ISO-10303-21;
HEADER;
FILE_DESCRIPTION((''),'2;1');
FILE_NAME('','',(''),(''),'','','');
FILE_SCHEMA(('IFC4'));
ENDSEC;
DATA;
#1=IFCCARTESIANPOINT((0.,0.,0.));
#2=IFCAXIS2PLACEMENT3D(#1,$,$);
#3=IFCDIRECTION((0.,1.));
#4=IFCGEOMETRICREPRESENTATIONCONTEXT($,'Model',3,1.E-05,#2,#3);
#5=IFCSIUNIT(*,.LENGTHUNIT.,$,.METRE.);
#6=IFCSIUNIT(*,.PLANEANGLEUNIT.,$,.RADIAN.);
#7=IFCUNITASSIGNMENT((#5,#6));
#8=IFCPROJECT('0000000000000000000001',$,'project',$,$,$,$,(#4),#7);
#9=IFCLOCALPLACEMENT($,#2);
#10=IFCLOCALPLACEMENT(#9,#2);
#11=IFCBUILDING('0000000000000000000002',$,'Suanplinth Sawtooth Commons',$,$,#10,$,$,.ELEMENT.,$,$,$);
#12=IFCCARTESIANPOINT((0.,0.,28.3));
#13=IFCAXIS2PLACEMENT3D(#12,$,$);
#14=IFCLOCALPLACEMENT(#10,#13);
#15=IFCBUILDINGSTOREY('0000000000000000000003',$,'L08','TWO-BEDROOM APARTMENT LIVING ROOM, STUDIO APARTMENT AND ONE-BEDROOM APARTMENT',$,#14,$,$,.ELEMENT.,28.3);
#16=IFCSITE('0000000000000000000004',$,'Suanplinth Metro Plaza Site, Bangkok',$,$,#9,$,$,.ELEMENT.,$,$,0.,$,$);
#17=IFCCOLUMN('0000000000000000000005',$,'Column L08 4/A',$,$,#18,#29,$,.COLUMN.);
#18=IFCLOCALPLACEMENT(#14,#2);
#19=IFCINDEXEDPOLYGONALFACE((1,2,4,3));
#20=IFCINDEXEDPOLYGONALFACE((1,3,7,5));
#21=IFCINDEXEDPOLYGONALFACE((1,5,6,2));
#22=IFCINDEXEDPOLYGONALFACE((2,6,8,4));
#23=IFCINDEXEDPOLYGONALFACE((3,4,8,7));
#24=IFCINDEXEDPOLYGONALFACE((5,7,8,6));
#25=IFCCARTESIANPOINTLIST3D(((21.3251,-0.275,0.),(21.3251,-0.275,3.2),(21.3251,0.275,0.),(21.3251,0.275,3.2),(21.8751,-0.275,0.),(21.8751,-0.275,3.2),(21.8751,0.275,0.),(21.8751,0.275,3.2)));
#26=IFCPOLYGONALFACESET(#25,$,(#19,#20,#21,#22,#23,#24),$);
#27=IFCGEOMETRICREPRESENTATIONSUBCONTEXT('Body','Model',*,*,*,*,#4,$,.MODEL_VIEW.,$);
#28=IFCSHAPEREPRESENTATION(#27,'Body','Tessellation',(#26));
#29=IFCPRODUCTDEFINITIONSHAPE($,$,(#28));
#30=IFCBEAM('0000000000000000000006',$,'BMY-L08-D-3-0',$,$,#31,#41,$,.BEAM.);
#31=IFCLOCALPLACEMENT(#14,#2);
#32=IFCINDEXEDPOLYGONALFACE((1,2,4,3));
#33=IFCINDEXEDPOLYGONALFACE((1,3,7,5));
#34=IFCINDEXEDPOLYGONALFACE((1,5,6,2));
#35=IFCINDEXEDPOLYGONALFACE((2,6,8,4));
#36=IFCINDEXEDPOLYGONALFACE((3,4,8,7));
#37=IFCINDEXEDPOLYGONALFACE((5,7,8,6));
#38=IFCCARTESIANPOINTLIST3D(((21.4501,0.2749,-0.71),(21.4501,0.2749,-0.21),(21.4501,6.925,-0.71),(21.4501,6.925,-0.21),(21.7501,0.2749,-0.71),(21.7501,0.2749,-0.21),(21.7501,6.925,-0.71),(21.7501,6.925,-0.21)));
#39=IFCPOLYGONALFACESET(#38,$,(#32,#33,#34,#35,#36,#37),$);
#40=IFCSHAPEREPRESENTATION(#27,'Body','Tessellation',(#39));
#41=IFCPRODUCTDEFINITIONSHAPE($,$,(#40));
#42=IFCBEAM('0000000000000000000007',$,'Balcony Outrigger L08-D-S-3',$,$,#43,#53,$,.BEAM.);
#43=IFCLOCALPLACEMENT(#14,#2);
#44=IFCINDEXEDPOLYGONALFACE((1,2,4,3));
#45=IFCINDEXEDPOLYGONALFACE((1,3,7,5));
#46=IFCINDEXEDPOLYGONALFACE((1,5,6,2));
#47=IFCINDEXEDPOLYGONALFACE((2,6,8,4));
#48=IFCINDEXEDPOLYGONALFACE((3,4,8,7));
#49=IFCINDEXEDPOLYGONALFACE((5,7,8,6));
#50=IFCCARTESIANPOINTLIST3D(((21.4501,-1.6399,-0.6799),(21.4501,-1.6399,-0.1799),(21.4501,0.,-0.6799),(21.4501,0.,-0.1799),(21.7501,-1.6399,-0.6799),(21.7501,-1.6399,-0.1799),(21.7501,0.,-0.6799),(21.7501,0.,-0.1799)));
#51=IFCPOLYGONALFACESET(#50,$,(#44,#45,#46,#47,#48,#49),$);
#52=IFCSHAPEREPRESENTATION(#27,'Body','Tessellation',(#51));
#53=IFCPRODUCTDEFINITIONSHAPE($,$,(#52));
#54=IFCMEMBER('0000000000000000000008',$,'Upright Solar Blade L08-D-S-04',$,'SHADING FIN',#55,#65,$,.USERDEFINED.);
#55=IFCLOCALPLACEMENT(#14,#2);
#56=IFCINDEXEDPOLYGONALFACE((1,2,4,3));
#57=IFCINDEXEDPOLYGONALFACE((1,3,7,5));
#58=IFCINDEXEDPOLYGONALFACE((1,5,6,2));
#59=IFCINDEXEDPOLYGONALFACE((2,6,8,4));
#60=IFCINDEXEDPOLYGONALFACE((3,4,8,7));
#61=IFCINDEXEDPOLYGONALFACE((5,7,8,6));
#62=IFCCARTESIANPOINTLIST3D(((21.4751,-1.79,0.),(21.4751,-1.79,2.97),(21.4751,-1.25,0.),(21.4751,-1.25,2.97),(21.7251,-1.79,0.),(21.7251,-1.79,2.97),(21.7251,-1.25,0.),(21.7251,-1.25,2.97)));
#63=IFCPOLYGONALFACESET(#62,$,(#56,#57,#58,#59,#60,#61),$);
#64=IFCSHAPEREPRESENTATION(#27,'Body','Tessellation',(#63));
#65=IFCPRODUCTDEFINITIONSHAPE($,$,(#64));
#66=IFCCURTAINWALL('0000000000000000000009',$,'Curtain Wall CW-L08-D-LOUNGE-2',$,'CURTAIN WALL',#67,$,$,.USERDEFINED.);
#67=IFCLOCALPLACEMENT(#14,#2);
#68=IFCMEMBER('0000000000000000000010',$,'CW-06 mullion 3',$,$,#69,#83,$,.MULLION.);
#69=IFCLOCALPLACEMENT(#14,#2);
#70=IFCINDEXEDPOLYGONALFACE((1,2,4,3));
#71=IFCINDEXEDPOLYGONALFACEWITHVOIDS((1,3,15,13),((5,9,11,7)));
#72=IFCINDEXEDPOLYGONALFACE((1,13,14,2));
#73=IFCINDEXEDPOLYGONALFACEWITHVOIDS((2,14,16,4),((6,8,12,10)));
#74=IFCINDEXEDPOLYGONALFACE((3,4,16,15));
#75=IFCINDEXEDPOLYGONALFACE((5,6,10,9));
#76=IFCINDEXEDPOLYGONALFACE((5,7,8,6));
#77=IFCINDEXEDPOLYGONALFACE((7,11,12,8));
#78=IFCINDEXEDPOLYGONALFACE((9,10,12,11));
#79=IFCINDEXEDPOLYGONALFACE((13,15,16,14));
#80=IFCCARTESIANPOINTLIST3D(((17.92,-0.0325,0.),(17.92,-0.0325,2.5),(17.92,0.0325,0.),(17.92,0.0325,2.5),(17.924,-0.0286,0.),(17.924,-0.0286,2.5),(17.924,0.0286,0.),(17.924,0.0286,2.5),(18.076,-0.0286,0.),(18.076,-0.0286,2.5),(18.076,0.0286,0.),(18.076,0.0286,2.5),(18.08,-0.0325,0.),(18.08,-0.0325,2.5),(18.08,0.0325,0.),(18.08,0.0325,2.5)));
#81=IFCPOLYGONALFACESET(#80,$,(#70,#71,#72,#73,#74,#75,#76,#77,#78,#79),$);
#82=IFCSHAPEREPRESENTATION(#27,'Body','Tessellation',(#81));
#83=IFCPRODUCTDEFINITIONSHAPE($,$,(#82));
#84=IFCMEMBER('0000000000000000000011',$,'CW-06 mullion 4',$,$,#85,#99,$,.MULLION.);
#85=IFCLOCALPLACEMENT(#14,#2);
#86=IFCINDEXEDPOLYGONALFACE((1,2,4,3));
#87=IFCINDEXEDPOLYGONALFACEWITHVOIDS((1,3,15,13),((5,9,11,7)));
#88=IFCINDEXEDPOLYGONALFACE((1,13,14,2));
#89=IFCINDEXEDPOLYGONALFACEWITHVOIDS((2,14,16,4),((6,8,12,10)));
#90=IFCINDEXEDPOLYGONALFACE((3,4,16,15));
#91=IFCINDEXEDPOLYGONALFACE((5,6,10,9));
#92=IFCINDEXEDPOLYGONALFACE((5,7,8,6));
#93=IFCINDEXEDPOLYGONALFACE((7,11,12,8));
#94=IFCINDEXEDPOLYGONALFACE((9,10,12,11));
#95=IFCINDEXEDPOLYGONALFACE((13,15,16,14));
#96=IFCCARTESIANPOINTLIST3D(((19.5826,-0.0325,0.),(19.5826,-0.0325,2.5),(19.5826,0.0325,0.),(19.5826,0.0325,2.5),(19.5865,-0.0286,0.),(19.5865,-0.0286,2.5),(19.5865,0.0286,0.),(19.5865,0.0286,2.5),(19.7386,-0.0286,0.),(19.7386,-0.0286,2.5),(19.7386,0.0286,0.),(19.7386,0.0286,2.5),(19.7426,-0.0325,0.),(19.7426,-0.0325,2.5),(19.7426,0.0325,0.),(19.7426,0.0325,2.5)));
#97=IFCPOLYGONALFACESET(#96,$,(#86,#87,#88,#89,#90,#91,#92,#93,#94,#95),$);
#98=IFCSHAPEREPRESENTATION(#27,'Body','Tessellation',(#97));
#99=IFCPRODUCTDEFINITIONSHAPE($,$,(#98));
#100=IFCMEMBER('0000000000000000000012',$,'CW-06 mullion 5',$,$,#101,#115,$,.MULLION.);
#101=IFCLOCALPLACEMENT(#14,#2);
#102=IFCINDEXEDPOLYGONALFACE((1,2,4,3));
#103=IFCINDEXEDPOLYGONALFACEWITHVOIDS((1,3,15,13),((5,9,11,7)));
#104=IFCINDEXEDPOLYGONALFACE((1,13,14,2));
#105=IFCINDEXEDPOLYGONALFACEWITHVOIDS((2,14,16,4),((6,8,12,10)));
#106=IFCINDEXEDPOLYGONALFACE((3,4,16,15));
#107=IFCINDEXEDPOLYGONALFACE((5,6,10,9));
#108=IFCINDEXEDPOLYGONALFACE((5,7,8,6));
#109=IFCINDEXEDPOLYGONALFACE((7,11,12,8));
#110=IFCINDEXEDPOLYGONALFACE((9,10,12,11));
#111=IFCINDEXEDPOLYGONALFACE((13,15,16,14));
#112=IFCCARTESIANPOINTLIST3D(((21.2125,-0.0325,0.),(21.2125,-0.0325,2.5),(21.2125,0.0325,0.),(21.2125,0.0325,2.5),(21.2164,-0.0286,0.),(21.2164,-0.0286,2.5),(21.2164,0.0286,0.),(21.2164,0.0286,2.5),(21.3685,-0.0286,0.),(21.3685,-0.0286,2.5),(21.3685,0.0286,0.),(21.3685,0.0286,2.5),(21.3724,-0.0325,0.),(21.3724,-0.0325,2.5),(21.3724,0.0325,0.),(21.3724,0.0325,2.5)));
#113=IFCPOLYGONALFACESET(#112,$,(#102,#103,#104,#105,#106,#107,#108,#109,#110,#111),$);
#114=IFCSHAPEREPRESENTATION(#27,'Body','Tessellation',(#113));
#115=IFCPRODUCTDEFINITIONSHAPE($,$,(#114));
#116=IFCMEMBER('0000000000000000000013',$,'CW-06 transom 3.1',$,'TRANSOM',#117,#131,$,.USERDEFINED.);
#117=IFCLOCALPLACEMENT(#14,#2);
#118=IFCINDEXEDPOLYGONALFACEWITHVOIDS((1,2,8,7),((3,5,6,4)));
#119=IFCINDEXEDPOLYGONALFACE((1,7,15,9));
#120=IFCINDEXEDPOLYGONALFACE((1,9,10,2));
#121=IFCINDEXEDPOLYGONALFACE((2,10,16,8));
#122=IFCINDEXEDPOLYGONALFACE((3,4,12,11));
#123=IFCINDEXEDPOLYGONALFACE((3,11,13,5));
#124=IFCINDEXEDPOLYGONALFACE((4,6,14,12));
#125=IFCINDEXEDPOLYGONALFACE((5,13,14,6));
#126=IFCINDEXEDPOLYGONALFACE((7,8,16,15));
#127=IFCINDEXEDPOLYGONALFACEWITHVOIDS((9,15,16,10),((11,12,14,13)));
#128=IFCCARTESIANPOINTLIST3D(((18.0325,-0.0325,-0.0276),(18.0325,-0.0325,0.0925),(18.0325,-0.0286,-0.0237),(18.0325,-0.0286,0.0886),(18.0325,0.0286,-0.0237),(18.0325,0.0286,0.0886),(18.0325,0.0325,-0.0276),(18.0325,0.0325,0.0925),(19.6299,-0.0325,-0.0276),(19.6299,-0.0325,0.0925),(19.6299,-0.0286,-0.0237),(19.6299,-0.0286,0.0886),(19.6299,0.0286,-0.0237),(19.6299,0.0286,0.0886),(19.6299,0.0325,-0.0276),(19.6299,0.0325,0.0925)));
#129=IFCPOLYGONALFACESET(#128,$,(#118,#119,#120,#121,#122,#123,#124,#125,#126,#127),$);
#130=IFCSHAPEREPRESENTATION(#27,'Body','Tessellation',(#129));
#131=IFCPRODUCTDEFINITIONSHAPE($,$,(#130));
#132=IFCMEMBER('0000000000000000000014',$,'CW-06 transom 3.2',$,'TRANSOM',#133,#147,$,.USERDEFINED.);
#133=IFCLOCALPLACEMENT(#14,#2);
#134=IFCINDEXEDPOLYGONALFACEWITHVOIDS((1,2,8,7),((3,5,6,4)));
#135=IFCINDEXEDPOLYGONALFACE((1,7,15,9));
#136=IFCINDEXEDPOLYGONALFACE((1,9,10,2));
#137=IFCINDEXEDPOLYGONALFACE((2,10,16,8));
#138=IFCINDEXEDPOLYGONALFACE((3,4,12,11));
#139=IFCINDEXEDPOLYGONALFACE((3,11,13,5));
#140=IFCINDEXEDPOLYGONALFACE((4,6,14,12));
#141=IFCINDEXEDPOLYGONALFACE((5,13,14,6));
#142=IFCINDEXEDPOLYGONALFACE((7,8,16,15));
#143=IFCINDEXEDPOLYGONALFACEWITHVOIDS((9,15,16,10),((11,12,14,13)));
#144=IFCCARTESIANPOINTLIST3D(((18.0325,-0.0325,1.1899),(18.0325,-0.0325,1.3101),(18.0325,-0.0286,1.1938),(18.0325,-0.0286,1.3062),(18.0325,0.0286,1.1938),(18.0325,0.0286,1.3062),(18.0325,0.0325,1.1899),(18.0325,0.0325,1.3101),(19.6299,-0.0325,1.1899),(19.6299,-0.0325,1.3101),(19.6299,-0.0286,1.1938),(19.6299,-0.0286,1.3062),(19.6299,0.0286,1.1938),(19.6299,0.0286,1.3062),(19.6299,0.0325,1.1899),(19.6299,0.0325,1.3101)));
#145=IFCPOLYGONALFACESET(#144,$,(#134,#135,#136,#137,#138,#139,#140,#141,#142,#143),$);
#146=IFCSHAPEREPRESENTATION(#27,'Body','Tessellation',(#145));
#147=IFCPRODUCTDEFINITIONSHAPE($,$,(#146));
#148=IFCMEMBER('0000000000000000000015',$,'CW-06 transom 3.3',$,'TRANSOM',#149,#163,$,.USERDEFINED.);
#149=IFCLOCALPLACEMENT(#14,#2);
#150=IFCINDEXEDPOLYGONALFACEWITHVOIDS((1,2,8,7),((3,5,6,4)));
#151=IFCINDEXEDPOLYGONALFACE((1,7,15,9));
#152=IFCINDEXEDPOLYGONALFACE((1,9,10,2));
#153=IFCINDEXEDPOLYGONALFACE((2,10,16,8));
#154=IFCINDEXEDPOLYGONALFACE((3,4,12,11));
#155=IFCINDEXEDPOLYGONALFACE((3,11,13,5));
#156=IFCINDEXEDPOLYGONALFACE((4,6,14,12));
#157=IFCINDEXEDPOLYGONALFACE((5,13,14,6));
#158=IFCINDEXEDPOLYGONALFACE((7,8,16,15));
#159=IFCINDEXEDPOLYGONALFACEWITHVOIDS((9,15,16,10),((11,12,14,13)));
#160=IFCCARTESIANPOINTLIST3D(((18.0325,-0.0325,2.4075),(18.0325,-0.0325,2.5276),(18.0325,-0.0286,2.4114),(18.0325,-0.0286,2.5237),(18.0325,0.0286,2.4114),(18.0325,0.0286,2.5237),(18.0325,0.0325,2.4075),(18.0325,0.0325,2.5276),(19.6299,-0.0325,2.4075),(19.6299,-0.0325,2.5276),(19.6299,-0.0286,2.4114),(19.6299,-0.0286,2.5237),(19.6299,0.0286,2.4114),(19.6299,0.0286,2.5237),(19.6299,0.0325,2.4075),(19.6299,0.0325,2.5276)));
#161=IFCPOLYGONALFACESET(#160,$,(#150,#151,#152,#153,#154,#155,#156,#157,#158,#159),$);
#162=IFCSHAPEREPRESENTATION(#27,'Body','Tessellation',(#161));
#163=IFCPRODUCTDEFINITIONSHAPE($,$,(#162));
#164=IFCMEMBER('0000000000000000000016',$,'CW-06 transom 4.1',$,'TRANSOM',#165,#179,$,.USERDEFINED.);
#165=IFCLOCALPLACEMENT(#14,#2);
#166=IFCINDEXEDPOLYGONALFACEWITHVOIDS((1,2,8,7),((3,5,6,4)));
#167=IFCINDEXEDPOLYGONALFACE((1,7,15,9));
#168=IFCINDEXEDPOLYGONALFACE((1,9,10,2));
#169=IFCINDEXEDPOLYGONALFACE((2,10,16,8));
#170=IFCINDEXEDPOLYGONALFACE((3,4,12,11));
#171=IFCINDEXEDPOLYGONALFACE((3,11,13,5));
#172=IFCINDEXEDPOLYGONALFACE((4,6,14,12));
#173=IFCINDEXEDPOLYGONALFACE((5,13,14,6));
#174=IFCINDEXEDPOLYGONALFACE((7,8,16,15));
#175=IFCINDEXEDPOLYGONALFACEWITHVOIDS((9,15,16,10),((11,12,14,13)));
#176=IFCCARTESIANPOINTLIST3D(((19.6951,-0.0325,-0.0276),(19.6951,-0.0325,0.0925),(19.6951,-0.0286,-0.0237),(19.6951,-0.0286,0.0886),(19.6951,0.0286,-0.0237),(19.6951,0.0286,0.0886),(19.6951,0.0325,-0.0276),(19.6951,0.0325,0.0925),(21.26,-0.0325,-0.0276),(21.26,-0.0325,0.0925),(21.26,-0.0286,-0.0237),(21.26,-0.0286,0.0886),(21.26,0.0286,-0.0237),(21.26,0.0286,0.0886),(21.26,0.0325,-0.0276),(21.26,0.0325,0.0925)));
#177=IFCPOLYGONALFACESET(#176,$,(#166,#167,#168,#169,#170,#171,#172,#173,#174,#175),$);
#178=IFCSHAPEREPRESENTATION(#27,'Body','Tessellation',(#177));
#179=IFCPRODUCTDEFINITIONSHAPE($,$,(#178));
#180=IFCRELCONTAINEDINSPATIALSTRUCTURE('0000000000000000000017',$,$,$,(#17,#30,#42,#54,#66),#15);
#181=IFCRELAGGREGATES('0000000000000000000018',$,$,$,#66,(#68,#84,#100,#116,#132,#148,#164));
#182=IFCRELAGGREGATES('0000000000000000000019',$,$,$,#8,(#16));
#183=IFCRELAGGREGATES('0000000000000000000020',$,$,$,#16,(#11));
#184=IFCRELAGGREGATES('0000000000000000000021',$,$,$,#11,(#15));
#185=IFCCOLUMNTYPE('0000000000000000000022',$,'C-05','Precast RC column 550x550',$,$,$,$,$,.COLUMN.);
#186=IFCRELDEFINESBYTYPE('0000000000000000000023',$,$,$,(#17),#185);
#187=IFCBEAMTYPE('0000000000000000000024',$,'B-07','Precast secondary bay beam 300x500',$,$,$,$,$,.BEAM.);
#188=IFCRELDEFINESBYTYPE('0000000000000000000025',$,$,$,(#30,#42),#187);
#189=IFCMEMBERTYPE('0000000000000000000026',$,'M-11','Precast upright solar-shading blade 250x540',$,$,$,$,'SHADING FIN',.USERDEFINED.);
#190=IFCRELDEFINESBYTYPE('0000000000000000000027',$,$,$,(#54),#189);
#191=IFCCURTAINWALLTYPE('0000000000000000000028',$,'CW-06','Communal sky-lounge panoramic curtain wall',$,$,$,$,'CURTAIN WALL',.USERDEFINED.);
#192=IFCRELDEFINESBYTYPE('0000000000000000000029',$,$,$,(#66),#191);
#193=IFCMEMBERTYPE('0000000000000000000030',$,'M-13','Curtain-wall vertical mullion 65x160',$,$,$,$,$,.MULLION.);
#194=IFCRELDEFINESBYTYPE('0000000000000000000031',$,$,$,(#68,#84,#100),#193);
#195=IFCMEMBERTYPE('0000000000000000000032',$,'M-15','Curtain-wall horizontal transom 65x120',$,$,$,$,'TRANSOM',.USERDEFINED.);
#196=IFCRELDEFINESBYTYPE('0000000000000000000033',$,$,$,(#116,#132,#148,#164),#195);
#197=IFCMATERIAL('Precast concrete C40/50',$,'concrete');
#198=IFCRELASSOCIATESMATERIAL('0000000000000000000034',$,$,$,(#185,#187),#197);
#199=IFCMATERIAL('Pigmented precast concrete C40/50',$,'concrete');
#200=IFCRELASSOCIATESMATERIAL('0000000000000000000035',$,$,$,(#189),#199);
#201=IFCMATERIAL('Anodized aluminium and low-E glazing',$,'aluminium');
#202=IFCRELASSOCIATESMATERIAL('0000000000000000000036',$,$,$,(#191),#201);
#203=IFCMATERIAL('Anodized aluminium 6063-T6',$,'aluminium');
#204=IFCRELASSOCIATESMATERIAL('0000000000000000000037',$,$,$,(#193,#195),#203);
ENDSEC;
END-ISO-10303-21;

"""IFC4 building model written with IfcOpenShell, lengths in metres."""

from ifc_helpers import new_model, si_unit, direction, frame, origin, origin_2d, place, context, subcontext, project, spatial, rectangle, hollow_rectangle, extrude, material, material_profile, profile_set, type_object, element, aggregate, save


model = new_model("IFC4")

# Units and contexts
model_context = context("Model", 3, precision=1e-05, world=origin(), true_north=direction((0.0, 1.0)))
body_context = subcontext(model_context, "Body", "Model", "MODEL_VIEW")
ifc_project = project(units=[si_unit("LENGTHUNIT", "METRE"), si_unit("PLANEANGLEUNIT", "RADIAN")], contexts=[model_context])

# Site, building, storey
site_placement = place(None, origin())
site = spatial("IfcSite", under=ifc_project, at=site_placement, Name="Suanplinth Metro Plaza Site, Bangkok", CompositionType="ELEMENT", RefElevation=0.0)
building_placement = place(site_placement, origin())
building = spatial("IfcBuilding", under=site, at=building_placement, Name="Suanplinth Sawtooth Commons", CompositionType="ELEMENT")
storey_placement = place(building_placement, frame((0.0, 0.0, 28.3)))
storey = spatial("IfcBuildingStorey", under=building, at=storey_placement, Name="L08", Description="TWO-BEDROOM APARTMENT LIVING ROOM, STUDIO APARTMENT AND ONE-BEDROOM APARTMENT", CompositionType="ELEMENT", Elevation=28.3)

# Column
ifc_material_1 = material(Name="Precast concrete C40/50", Category="concrete")
ifc_material_profile_1 = material_profile(ifc_material_1, rectangle(XDim=0.55, YDim=0.55, at=origin_2d()), Name="PC-COL 550x550")
ifc_profile_set_1 = profile_set([ifc_material_profile_1], Name="Precast concrete C40/50")
column_type = type_object("IfcColumnType", Name="C-05", Description="Precast RC column 550x550", PredefinedType="COLUMN", material=ifc_profile_set_1)
column_placement = place(storey_placement, frame((21.6001, 0.0, 0.0), z_axis=(0.0, 0.0, 1.0), x_axis=(1.0, 0.0, 0.0)))
element("IfcColumn", 1, at=column_placement, inside=storey, type_object=column_type, Name="Column L08 4/A", PredefinedType="COLUMN", context=body_context, shape_type="SweptSolid", body=[
    extrude(rectangle(XDim=0.55, YDim=0.55, at=origin_2d()), origin(), (0.0, 0.0, 1.0), 3.2),
])

# Beams
ifc_material_profile_2 = material_profile(ifc_material_1, rectangle(XDim=0.3, YDim=0.5, at=origin_2d()), Name="PC-BM 300x500")
ifc_profile_set_2 = profile_set([ifc_material_profile_2], Name="Precast concrete C40/50")
beam_type = type_object("IfcBeamType", Name="B-07", Description="Precast secondary bay beam 300x500", PredefinedType="BEAM", material=ifc_profile_set_2)
beam_1_placement = place(storey_placement, frame((21.6001, 0.2749, -0.46), z_axis=(0.0, 1.0, 0.0), x_axis=(-1.0, 0.0, 0.0)))
element("IfcBeam", 2, at=beam_1_placement, inside=storey, type_object=beam_type, Name="BMY-L08-D-3-0", PredefinedType="BEAM", context=body_context, shape_type="SweptSolid", body=[
    extrude(rectangle(XDim=0.3, YDim=0.5, at=origin_2d()), origin(), (0.0, 0.0, 1.0), 6.6501),
])
beam_2_placement = place(storey_placement, frame((21.6001, 0.0, -0.4299), z_axis=(0.0, -1.0, 0.0), x_axis=(1.0, 0.0, 0.0)))
element("IfcBeam", 3, at=beam_2_placement, inside=storey, type_object=beam_type, Name="Balcony Outrigger L08-D-S-3", PredefinedType="BEAM", context=body_context, shape_type="SweptSolid", body=[
    extrude(rectangle(XDim=0.3, YDim=0.5, at=origin_2d()), origin(), (0.0, 0.0, 1.0), 1.6399),
])

# Member
ifc_material_2 = material(Name="Pigmented precast concrete C40/50", Category="concrete")
ifc_material_profile_3 = material_profile(ifc_material_2, rectangle(XDim=0.25, YDim=0.54, at=origin_2d()), Name="PC-FIN 250x540")
ifc_profile_set_3 = profile_set([ifc_material_profile_3], Name="Pigmented precast concrete C40/50")
member_type_1 = type_object("IfcMemberType", Name="M-11", Description="Precast upright solar-shading blade 250x540", ElementType="SHADING FIN", PredefinedType="USERDEFINED", material=ifc_profile_set_3)
member_1_placement = place(storey_placement, frame((21.6001, -1.52, 0.0), z_axis=(0.0, 0.0, 1.0), x_axis=(1.0, 0.0, 0.0)))
element("IfcMember", 4, at=member_1_placement, inside=storey, type_object=member_type_1, Name="Upright Solar Blade L08-D-S-04", ObjectType="SHADING FIN", PredefinedType="USERDEFINED", context=body_context, shape_type="SweptSolid", body=[
    extrude(rectangle(XDim=0.25, YDim=0.54, at=origin_2d()), origin(), (0.0, 0.0, 1.0), 2.97),
])

# Curtain wall, members
ifc_material_3 = material(Name="Anodized aluminium and low-E glazing", Category="aluminium")
curtain_wall_type = type_object("IfcCurtainWallType", Name="CW-06", Description="Communal sky-lounge panoramic curtain wall", ElementType="CURTAIN WALL", PredefinedType="USERDEFINED", material=ifc_material_3)
curtain_wall_placement = place(storey_placement, origin())
curtain_wall = element("IfcCurtainWall", 5, at=curtain_wall_placement, inside=storey, type_object=curtain_wall_type, Name="Curtain Wall CW-L08-D-LOUNGE-2", ObjectType="CURTAIN WALL", PredefinedType="USERDEFINED")
ifc_material_4 = material(Name="Anodized aluminium 6063-T6", Category="aluminium")
ifc_material_profile_4 = material_profile(ifc_material_4, hollow_rectangle(XDim=0.0649, YDim=0.1599, WallThickness=0.0039, at=origin_2d()), Name="ALU-MUL 65x160")
ifc_profile_set_4 = profile_set([ifc_material_profile_4], Name="Anodized aluminium 6063-T6")
member_type_2 = type_object("IfcMemberType", Name="M-13", Description="Curtain-wall vertical mullion 65x160", PredefinedType="MULLION", material=ifc_profile_set_4)
member_2_placement = place(storey_placement, frame((18.0, 0.0, 0.0), z_axis=(0.0, 0.0, 1.0), x_axis=(0.0, 1.0, 0.0)))
member_2 = element("IfcMember", 6, at=member_2_placement, type_object=member_type_2, Name="CW-06 mullion 3", PredefinedType="MULLION", context=body_context, shape_type="SweptSolid", body=[
    extrude(hollow_rectangle(XDim=0.0649, YDim=0.1599, WallThickness=0.0039, at=origin_2d()), origin(), (0.0, 0.0, 1.0), 2.5),
])
member_3_placement = place(storey_placement, frame((19.6626, 0.0, 0.0), z_axis=(0.0, 0.0, 1.0), x_axis=(0.0, 1.0, 0.0)))
member_3 = element("IfcMember", 7, at=member_3_placement, type_object=member_type_2, Name="CW-06 mullion 4", PredefinedType="MULLION", context=body_context, shape_type="SweptSolid", body=[
    extrude(hollow_rectangle(XDim=0.0649, YDim=0.1599, WallThickness=0.0039, at=origin_2d()), origin(), (0.0, 0.0, 1.0), 2.5),
])
member_4_placement = place(storey_placement, frame((21.2925, 0.0, 0.0), z_axis=(0.0, 0.0, 1.0), x_axis=(0.0, 1.0, 0.0)))
member_4 = element("IfcMember", 8, at=member_4_placement, type_object=member_type_2, Name="CW-06 mullion 5", PredefinedType="MULLION", context=body_context, shape_type="SweptSolid", body=[
    extrude(hollow_rectangle(XDim=0.0649, YDim=0.1599, WallThickness=0.0039, at=origin_2d()), origin(), (0.0, 0.0, 1.0), 2.5),
])
ifc_material_profile_5 = material_profile(ifc_material_4, hollow_rectangle(XDim=0.0649, YDim=0.1201, WallThickness=0.0039, at=origin_2d()), Name="ALU-TRN 65x120")
ifc_profile_set_5 = profile_set([ifc_material_profile_5], Name="Anodized aluminium 6063-T6")
member_type_3 = type_object("IfcMemberType", Name="M-15", Description="Curtain-wall horizontal transom 65x120", ElementType="TRANSOM", PredefinedType="USERDEFINED", material=ifc_profile_set_5)
member_5_placement = place(storey_placement, frame((18.0325, 0.0, 0.0325), z_axis=(1.0, 0.0, 0.0), x_axis=(0.0, 1.0, 0.0)))
member_5 = element("IfcMember", 9, at=member_5_placement, type_object=member_type_3, Name="CW-06 transom 3.1", ObjectType="TRANSOM", PredefinedType="USERDEFINED", context=body_context, shape_type="SweptSolid", body=[
    extrude(hollow_rectangle(XDim=0.0649, YDim=0.1201, WallThickness=0.0039, at=origin_2d()), origin(), (0.0, 0.0, 1.0), 1.5974),
])
member_6_placement = place(storey_placement, frame((18.0325, 0.0, 1.25), z_axis=(1.0, 0.0, 0.0), x_axis=(0.0, 1.0, 0.0)))
member_6 = element("IfcMember", 10, at=member_6_placement, type_object=member_type_3, Name="CW-06 transom 3.2", ObjectType="TRANSOM", PredefinedType="USERDEFINED", context=body_context, shape_type="SweptSolid", body=[
    extrude(hollow_rectangle(XDim=0.0649, YDim=0.1201, WallThickness=0.0039, at=origin_2d()), origin(), (0.0, 0.0, 1.0), 1.5974),
])
member_7_placement = place(storey_placement, frame((18.0325, 0.0, 2.4675), z_axis=(1.0, 0.0, 0.0), x_axis=(0.0, 1.0, 0.0)))
member_7 = element("IfcMember", 11, at=member_7_placement, type_object=member_type_3, Name="CW-06 transom 3.3", ObjectType="TRANSOM", PredefinedType="USERDEFINED", context=body_context, shape_type="SweptSolid", body=[
    extrude(hollow_rectangle(XDim=0.0649, YDim=0.1201, WallThickness=0.0039, at=origin_2d()), origin(), (0.0, 0.0, 1.0), 1.5974),
])
member_8_placement = place(storey_placement, frame((19.6951, 0.0, 0.0325), z_axis=(1.0, 0.0, 0.0), x_axis=(0.0, 1.0, 0.0)))
member_8 = element("IfcMember", 12, at=member_8_placement, type_object=member_type_3, Name="CW-06 transom 4.1", ObjectType="TRANSOM", PredefinedType="USERDEFINED", context=body_context, shape_type="SweptSolid", body=[
    extrude(hollow_rectangle(XDim=0.0649, YDim=0.1201, WallThickness=0.0039, at=origin_2d()), origin(), (0.0, 0.0, 1.0), 1.5649),
])
aggregate(curtain_wall, [member_2, member_3, member_4, member_5, member_6, member_7, member_8])

save(model, "model.ifc")
